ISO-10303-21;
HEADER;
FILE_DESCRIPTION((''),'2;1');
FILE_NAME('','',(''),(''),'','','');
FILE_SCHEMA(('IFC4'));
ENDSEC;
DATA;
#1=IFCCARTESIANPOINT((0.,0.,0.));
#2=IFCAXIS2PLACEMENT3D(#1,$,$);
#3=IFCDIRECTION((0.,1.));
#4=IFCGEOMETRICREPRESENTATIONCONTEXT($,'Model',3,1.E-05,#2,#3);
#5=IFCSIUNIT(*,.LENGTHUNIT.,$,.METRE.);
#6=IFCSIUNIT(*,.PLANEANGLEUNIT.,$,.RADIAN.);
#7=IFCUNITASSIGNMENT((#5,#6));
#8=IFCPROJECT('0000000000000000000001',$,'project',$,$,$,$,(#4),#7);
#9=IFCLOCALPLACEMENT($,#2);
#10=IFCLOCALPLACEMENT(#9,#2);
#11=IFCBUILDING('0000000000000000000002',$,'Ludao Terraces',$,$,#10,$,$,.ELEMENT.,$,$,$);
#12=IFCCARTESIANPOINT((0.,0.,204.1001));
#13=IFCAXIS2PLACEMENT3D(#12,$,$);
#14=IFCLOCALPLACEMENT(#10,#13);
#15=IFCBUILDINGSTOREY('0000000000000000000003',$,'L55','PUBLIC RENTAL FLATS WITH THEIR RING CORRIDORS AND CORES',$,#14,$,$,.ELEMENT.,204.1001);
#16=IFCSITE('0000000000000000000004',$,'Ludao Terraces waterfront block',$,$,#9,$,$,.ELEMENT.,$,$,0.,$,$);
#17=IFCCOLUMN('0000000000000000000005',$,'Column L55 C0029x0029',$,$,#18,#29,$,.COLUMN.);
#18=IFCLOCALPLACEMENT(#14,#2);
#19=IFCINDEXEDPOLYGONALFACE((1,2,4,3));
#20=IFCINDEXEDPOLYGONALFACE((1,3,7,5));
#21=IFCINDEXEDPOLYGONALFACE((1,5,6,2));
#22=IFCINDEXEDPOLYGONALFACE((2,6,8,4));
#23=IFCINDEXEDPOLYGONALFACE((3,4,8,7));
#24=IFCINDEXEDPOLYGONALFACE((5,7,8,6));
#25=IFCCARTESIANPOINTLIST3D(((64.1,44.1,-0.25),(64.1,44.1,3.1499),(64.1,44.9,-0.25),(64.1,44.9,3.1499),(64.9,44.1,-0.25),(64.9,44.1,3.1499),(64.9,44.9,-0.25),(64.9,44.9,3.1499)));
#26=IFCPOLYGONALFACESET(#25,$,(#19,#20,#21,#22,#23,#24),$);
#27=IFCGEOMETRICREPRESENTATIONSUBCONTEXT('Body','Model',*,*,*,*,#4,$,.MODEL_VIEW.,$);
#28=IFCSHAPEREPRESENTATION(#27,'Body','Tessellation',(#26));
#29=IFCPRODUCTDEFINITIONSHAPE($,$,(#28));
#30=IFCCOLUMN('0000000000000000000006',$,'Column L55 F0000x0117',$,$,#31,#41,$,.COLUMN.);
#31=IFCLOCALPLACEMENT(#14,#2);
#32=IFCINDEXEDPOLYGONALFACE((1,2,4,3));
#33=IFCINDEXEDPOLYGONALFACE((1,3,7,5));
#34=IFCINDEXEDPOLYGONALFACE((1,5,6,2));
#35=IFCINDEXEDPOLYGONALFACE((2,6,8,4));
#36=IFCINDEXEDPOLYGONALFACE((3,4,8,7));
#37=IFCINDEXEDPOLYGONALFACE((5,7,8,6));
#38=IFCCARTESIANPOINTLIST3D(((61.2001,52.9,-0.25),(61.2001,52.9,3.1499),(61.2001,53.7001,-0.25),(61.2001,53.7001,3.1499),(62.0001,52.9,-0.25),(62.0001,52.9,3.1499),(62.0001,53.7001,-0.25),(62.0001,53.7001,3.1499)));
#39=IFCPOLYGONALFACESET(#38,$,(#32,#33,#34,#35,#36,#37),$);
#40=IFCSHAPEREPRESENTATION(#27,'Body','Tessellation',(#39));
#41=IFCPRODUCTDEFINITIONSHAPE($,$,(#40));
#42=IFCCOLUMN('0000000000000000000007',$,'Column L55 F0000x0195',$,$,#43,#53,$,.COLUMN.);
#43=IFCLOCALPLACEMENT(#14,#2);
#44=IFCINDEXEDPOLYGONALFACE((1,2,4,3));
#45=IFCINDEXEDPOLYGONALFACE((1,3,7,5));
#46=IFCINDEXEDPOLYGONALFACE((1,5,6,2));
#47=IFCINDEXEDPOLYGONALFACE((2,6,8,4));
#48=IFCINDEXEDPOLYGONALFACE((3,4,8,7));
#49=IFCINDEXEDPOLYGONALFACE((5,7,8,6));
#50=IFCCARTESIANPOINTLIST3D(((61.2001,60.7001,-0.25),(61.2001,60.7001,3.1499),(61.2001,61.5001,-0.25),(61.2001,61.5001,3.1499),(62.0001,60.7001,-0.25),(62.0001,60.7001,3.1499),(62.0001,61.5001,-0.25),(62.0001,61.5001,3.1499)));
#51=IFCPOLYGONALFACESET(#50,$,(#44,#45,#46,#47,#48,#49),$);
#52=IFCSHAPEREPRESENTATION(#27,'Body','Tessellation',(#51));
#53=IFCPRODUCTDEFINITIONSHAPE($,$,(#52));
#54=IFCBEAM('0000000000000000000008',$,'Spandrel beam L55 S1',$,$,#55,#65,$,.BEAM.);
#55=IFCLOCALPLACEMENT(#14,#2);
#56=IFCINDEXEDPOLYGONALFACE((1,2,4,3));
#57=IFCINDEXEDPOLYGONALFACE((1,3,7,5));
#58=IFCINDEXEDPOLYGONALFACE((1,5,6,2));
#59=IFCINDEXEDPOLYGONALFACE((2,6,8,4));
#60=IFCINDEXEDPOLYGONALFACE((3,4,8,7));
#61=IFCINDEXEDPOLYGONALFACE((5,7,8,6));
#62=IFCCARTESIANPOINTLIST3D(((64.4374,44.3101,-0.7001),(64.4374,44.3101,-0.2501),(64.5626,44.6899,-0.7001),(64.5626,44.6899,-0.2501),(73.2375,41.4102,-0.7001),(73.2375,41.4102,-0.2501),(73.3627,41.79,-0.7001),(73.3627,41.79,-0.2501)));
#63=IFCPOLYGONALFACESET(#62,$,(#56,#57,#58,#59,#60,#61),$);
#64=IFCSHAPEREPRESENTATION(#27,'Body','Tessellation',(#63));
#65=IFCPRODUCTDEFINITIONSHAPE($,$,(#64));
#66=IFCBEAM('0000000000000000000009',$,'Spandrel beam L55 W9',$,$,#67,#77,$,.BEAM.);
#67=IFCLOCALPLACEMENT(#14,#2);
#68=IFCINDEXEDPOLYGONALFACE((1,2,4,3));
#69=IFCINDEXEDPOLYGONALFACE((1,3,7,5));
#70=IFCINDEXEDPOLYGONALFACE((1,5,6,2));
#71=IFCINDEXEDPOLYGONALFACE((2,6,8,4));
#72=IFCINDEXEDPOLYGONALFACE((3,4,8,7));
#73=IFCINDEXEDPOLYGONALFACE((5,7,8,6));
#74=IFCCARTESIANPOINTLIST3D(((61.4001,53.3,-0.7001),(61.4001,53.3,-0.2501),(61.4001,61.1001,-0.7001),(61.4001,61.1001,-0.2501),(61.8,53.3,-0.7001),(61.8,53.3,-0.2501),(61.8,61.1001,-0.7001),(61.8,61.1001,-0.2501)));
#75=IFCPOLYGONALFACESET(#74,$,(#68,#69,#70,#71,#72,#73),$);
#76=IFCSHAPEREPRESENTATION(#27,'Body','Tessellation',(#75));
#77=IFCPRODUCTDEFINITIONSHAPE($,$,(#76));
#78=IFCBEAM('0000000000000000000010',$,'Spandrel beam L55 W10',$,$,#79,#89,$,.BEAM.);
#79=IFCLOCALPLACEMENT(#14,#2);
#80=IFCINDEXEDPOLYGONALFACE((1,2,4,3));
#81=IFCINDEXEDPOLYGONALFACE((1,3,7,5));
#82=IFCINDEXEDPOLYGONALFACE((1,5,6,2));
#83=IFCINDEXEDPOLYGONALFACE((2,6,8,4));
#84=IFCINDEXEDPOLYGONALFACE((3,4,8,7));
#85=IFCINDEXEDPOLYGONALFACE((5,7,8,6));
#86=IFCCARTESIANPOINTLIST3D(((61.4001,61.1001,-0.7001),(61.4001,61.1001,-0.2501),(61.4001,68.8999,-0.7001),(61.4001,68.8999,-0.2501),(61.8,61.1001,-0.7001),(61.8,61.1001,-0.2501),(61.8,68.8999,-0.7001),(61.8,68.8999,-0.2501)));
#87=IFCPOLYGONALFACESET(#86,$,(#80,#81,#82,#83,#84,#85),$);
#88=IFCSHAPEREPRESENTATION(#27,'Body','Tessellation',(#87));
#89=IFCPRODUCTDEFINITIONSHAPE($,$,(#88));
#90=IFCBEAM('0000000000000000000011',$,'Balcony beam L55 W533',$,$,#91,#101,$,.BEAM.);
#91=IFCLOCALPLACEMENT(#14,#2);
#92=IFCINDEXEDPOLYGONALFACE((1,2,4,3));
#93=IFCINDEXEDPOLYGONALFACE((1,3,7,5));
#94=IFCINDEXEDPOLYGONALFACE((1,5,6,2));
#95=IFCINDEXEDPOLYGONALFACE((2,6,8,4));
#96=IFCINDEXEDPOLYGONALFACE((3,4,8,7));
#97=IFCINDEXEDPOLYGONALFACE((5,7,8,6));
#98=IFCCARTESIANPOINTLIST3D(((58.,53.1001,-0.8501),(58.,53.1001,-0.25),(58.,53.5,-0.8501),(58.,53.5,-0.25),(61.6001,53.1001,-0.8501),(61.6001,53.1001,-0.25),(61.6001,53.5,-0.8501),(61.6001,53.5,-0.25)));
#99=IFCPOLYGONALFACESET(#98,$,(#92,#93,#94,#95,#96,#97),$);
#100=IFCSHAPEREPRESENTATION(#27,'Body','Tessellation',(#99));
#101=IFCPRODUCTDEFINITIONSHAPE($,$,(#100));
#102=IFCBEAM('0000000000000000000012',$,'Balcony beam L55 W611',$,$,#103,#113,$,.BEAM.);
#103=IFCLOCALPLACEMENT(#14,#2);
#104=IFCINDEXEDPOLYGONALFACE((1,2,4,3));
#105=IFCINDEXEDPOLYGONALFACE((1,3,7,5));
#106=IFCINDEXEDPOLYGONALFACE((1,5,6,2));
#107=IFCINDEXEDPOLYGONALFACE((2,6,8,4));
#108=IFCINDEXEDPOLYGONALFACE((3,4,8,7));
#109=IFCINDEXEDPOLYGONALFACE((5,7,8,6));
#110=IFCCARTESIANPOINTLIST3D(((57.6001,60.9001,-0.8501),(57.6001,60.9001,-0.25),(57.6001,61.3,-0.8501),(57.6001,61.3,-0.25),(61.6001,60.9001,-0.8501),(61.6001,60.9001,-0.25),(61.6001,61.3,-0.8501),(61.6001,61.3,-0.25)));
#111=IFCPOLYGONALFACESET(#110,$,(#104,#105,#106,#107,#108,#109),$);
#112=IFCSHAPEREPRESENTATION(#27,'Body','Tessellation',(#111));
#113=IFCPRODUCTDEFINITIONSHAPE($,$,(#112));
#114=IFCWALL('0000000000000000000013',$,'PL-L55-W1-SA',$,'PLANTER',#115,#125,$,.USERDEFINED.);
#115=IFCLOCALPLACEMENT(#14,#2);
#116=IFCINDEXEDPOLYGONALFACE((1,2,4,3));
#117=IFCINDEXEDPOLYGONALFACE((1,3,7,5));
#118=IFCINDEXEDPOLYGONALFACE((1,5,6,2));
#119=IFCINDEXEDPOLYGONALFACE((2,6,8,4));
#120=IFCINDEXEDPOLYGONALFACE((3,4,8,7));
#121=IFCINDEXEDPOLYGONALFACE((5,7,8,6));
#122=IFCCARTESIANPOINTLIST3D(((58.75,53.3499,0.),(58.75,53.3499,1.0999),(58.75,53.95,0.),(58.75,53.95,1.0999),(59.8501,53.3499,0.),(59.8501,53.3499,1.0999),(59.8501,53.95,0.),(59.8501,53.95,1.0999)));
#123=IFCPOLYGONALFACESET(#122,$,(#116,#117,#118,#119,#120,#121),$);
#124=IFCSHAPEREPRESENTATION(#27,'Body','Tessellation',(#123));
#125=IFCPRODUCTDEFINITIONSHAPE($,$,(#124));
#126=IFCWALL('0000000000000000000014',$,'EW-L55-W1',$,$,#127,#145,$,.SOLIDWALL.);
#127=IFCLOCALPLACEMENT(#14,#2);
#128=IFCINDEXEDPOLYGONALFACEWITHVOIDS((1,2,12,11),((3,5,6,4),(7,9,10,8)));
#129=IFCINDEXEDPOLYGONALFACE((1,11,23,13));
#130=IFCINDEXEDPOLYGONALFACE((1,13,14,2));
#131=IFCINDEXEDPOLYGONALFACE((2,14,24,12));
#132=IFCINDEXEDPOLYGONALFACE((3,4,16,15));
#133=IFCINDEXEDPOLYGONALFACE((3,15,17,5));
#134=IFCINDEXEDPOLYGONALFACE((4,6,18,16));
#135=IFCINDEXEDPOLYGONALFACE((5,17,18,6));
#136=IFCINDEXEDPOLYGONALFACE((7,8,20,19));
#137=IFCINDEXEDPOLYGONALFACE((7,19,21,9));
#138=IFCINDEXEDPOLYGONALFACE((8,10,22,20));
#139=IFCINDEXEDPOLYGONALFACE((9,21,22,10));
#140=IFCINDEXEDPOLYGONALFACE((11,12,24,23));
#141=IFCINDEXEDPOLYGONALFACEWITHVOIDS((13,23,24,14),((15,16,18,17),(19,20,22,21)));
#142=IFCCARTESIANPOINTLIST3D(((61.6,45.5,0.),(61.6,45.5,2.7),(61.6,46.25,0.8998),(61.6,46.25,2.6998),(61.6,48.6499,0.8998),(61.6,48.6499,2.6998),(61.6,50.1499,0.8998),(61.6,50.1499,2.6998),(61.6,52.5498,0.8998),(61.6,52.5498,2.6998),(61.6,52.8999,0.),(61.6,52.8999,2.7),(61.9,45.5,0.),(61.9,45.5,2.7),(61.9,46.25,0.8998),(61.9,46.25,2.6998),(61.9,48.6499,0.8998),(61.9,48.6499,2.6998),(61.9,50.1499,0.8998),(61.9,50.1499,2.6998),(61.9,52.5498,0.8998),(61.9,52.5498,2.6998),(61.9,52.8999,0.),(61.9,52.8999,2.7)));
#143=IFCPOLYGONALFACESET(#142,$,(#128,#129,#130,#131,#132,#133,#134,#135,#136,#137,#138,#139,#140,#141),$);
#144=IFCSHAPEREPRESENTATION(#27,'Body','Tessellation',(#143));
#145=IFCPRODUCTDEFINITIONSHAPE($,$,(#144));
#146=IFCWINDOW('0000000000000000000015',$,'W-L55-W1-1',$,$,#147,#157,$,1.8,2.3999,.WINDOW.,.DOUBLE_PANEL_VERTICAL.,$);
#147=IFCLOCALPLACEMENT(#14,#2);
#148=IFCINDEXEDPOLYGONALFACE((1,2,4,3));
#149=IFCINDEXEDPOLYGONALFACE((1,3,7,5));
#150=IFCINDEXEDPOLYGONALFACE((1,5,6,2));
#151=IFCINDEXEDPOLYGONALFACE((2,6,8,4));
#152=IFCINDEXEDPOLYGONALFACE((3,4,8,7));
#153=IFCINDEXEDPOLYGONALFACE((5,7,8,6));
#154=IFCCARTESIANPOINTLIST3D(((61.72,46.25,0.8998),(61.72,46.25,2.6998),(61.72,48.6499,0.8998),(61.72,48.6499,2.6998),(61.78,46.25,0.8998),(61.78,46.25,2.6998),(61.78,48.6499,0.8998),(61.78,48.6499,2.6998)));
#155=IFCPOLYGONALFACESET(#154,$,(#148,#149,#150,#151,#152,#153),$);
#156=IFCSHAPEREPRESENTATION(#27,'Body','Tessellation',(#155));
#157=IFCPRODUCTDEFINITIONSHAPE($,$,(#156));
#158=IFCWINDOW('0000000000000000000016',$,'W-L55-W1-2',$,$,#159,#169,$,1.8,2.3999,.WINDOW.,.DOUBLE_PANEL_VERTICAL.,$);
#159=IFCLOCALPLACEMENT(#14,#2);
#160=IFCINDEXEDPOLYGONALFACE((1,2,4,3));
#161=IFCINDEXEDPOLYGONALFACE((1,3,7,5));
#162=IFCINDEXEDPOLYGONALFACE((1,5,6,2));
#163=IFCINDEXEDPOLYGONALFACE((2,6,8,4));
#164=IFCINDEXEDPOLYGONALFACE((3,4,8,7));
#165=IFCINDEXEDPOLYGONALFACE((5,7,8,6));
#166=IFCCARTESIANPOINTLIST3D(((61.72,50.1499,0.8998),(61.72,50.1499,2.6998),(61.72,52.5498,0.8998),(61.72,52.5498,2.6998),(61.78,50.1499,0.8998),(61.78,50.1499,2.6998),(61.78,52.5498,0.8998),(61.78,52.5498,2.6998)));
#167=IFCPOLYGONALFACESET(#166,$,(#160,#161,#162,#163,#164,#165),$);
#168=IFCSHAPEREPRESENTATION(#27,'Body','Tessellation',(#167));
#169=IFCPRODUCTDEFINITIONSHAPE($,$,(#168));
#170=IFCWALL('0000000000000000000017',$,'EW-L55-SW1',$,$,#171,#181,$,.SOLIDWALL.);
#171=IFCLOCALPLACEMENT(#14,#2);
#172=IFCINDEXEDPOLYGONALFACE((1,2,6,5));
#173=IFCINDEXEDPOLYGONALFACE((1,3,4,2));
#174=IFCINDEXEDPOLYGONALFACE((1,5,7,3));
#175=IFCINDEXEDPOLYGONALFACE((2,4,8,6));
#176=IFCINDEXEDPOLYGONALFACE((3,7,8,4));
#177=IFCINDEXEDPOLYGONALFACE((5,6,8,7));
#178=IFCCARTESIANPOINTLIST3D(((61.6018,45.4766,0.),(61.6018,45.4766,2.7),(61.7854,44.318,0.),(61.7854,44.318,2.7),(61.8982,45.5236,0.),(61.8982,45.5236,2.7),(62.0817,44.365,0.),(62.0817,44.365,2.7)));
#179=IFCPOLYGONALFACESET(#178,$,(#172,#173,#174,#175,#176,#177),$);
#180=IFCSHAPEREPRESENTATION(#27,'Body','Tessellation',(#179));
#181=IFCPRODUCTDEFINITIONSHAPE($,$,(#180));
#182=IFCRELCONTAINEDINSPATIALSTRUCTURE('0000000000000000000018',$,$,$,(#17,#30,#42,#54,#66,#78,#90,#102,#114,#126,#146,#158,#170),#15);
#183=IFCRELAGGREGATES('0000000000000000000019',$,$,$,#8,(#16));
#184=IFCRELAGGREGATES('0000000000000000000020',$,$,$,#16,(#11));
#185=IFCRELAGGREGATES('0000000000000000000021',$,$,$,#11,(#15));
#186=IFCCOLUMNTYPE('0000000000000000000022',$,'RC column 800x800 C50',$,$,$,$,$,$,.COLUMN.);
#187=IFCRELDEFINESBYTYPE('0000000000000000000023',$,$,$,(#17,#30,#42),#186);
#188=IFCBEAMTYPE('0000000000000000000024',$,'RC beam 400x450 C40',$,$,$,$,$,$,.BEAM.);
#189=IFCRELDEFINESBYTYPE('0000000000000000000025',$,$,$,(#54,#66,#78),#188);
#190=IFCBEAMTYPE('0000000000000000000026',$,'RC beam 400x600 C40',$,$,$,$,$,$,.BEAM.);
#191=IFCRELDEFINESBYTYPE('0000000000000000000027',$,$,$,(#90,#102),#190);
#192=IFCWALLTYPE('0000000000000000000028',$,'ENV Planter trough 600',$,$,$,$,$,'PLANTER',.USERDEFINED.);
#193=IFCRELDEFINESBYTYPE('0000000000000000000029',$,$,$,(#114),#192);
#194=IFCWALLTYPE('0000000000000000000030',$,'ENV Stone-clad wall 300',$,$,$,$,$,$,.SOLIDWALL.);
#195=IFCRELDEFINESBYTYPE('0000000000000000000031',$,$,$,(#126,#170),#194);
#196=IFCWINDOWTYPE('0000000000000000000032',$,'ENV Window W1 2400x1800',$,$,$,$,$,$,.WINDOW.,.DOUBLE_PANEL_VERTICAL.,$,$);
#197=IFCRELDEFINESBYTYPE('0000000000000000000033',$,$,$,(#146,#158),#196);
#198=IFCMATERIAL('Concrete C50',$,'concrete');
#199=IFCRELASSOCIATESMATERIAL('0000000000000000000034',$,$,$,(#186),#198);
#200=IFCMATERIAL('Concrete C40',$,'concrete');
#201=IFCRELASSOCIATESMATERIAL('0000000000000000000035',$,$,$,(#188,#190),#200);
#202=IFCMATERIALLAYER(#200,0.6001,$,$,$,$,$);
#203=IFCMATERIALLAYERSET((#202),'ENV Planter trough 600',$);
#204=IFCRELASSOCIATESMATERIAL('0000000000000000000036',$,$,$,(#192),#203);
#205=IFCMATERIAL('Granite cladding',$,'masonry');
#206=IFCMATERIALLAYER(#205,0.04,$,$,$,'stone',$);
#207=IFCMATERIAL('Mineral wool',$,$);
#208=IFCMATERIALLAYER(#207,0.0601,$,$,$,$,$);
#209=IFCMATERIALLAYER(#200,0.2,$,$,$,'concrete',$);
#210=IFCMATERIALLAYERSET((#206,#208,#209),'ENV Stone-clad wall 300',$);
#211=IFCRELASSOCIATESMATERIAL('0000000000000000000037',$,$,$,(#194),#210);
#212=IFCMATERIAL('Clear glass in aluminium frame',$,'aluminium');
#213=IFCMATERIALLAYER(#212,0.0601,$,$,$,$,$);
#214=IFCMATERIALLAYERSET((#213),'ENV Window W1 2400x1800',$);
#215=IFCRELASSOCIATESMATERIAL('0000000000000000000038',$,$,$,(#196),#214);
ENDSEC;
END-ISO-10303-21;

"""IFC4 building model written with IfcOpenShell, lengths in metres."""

from ifc_helpers import new_model, si_unit, direction, frame, frame_2d, origin, origin_2d, place, context, subcontext, project, spatial, rectangle, extrude, material, layer, layer_set, material_profile, profile_set, type_object, element, fill, save


model = new_model("IFC4")

# Units and contexts
model_context = context("Model", 3, precision=1e-05, world=origin(), true_north=direction((0.0, 1.0)))
body_context = subcontext(model_context, "Body", "Model", "MODEL_VIEW")
ifc_project = project(units=[si_unit("LENGTHUNIT", "METRE"), si_unit("PLANEANGLEUNIT", "RADIAN")], contexts=[model_context])

# Site, building, storey
site_placement = place(None, origin())
site = spatial("IfcSite", under=ifc_project, at=site_placement, Name="Ludao Terraces waterfront block", CompositionType="ELEMENT", RefElevation=0.0)
building_placement = place(site_placement, origin())
building = spatial("IfcBuilding", under=site, at=building_placement, Name="Ludao Terraces", CompositionType="ELEMENT")
storey_placement = place(building_placement, frame((0.0, 0.0, 204.1001)))
storey = spatial("IfcBuildingStorey", under=building, at=storey_placement, Name="L55", Description="PUBLIC RENTAL FLATS WITH THEIR RING CORRIDORS AND CORES", CompositionType="ELEMENT", Elevation=204.1001)

# Columns
ifc_material_1 = material(Name="Concrete C50", Category="concrete")
ifc_material_profile_1 = material_profile(ifc_material_1, rectangle(XDim=0.8, YDim=0.8, at=origin_2d()), Name="800 X 800")
ifc_profile_set_1 = profile_set([ifc_material_profile_1], Name="Concrete C50")
column_type = type_object("IfcColumnType", Name="RC column 800x800 C50", PredefinedType="COLUMN", material=ifc_profile_set_1)
for number, where, z_axis, x_axis, name in (
    (1, (64.5, 44.5, -0.25), (0.0, 0.0, 1.0), (1.0, 0.0, 0.0), "Column L55 C0029x0029"),
    (2, (61.6001, 53.3, -0.25), (0.0, 0.0, 1.0), (1.0, 0.0, 0.0), "Column L55 F0000x0117"),
    (3, (61.6001, 61.1001, -0.25), (0.0, 0.0, 1.0), (1.0, 0.0, 0.0), "Column L55 F0000x0195"),
):
    element("IfcColumn", number, at=place(storey_placement, frame(where, z_axis=z_axis, x_axis=x_axis)), inside=storey, type_object=column_type, Name=name, PredefinedType="COLUMN", context=body_context, shape_type="SweptSolid", body=[
        extrude(rectangle(XDim=0.8, YDim=0.8, at=origin_2d()), origin(), (0.0, 0.0, 1.0), 3.3999),
    ])

# Beams
ifc_material_2 = material(Name="Concrete C40", Category="concrete")
ifc_material_profile_2 = material_profile(ifc_material_2, rectangle(XDim=0.3999, YDim=0.45, at=origin_2d()), Name="400 X 450")
ifc_profile_set_2 = profile_set([ifc_material_profile_2], Name="Concrete C40")
beam_type_1 = type_object("IfcBeamType", Name="RC beam 400x450 C40", PredefinedType="BEAM", material=ifc_profile_set_2)
beam_1_placement = place(storey_placement, frame((64.5, 44.5, -0.4751), z_axis=(0.949761, -0.312977, 0.0), x_axis=(0.312977, 0.949761, 0.0)))
element("IfcBeam", 4, at=beam_1_placement, inside=storey, type_object=beam_type_1, Name="Spandrel beam L55 S1", PredefinedType="BEAM", context=body_context, shape_type="SweptSolid", body=[
    extrude(rectangle(XDim=0.3999, YDim=0.45, at=origin_2d()), origin(), (0.0, 0.0, 1.0), 9.2656),
])
beam_2_placement = place(storey_placement, frame((61.6001, 53.3, -0.4751), z_axis=(0.0, 1.0, 0.0), x_axis=(-1.0, 0.0, 0.0)))
element("IfcBeam", 5, at=beam_2_placement, inside=storey, type_object=beam_type_1, Name="Spandrel beam L55 W9", PredefinedType="BEAM", context=body_context, shape_type="SweptSolid", body=[
    extrude(rectangle(XDim=0.3999, YDim=0.45, at=origin_2d()), origin(), (0.0, 0.0, 1.0), 7.8),
])
beam_3_placement = place(storey_placement, frame((61.6001, 61.1001, -0.4751), z_axis=(0.0, 1.0, 0.0), x_axis=(-1.0, 0.0, 0.0)))
element("IfcBeam", 6, at=beam_3_placement, inside=storey, type_object=beam_type_1, Name="Spandrel beam L55 W10", PredefinedType="BEAM", context=body_context, shape_type="SweptSolid", body=[
    extrude(rectangle(XDim=0.3999, YDim=0.45, at=origin_2d()), origin(), (0.0, 0.0, 1.0), 7.7998),
])
ifc_material_profile_3 = material_profile(ifc_material_2, rectangle(XDim=0.3999, YDim=0.6001, at=origin_2d()), Name="400 X 600")
ifc_profile_set_3 = profile_set([ifc_material_profile_3], Name="Concrete C40")
beam_type_2 = type_object("IfcBeamType", Name="RC beam 400x600 C40", PredefinedType="BEAM", material=ifc_profile_set_3)
beam_4_placement = place(storey_placement, frame((61.6001, 53.3, -0.55), z_axis=(-1.0, 0.0, 0.0), x_axis=(0.0, -1.0, 0.0)))
element("IfcBeam", 7, at=beam_4_placement, inside=storey, type_object=beam_type_2, Name="Balcony beam L55 W533", PredefinedType="BEAM", context=body_context, shape_type="SweptSolid", body=[
    extrude(rectangle(XDim=0.3999, YDim=0.6001, at=origin_2d()), origin(), (0.0, 0.0, 1.0), 3.6001),
])
beam_5_placement = place(storey_placement, frame((61.6001, 61.1001, -0.55), z_axis=(-1.0, 0.0, 0.0), x_axis=(0.0, -1.0, 0.0)))
element("IfcBeam", 8, at=beam_5_placement, inside=storey, type_object=beam_type_2, Name="Balcony beam L55 W611", PredefinedType="BEAM", context=body_context, shape_type="SweptSolid", body=[
    extrude(rectangle(XDim=0.3999, YDim=0.6001, at=origin_2d()), origin(), (0.0, 0.0, 1.0), 4.0),
])

# Wall
ifc_layer_1 = layer(ifc_material_2, 0.6001)
ifc_layer_set_1 = layer_set([ifc_layer_1], Name="ENV Planter trough 600")
wall_type_1 = type_object("IfcWallType", Name="ENV Planter trough 600", ElementType="PLANTER", PredefinedType="USERDEFINED", material=ifc_layer_set_1)
wall_1_placement = place(storey_placement, frame((58.75, 53.6499, 0.0), z_axis=(0.0, 0.0, 1.0), x_axis=(1.0, 0.0, 0.0)))
element("IfcWall", 9, at=wall_1_placement, inside=storey, type_object=wall_type_1, Name="PL-L55-W1-SA", ObjectType="PLANTER", PredefinedType="USERDEFINED", context=body_context, shape_type="SweptSolid", body=[
    extrude(rectangle(XDim=1.1001, YDim=0.6001, at=frame_2d((0.55, 0.0))), origin(), (0.0, 0.0, 1.0), 1.0999),
])

# Wall, openings, windows
ifc_material_3 = material(Name="Granite cladding", Category="masonry")
ifc_layer_2 = layer(ifc_material_3, 0.04, Category="stone")
ifc_material_4 = material(Name="Mineral wool")
ifc_layer_3 = layer(ifc_material_4, 0.0601)
ifc_layer_4 = layer(ifc_material_2, 0.2, Category="concrete")
ifc_layer_set_2 = layer_set([ifc_layer_2, ifc_layer_3, ifc_layer_4], Name="ENV Stone-clad wall 300")
wall_type_2 = type_object("IfcWallType", Name="ENV Stone-clad wall 300", PredefinedType="SOLIDWALL", material=ifc_layer_set_2)
wall_2_placement = place(storey_placement, frame((61.75, 45.5, 0.0), z_axis=(0.0, 0.0, 1.0), x_axis=(0.0, 1.0, 0.0)))
wall_2 = element("IfcWall", 10, at=wall_2_placement, inside=storey, type_object=wall_type_2, Name="EW-L55-W1", PredefinedType="SOLIDWALL", context=body_context, shape_type="SweptSolid", body=[
    extrude(rectangle(XDim=7.3999, YDim=0.3, at=frame_2d((3.7, 0.0))), origin(), (0.0, 0.0, 1.0), 2.7),
])
opening_1_placement = place(wall_2_placement, frame((0.75, 0.0, 0.8999)))
opening_1 = element("IfcOpeningElement", 11, at=opening_1_placement, cuts=wall_2, PredefinedType="OPENING", context=body_context, shape_type="SweptSolid", body=[
    extrude(rectangle(XDim=2.3999, YDim=1.8, at=frame_2d((1.2, 0.8999))), frame((0.0, 0.1602, 0.0), z_axis=(0.0, -1.0, 0.0), x_axis=(1.0, 0.0, 0.0)), (0.0, 0.0, 1.0), 0.3201),
])
opening_2_placement = place(wall_2_placement, frame((4.6499, 0.0, 0.8999)))
opening_2 = element("IfcOpeningElement", 12, at=opening_2_placement, cuts=wall_2, PredefinedType="OPENING", context=body_context, shape_type="SweptSolid", body=[
    extrude(rectangle(XDim=2.3999, YDim=1.8, at=frame_2d((1.2, 0.8999))), frame((0.0, 0.1602, 0.0), z_axis=(0.0, -1.0, 0.0), x_axis=(1.0, 0.0, 0.0)), (0.0, 0.0, 1.0), 0.3201),
])
ifc_material_5 = material(Name="Clear glass in aluminium frame", Category="aluminium")
ifc_layer_5 = layer(ifc_material_5, 0.0601)
ifc_layer_set_3 = layer_set([ifc_layer_5], Name="ENV Window W1 2400x1800")
window_type_1 = type_object("IfcWindowType", Name="ENV Window W1 2400x1800", PartitioningType="DOUBLE_PANEL_VERTICAL", PredefinedType="WINDOW", material=ifc_layer_set_3)
window_1_placement = place(opening_1_placement, origin())
window_1 = element("IfcWindow", 13, at=window_1_placement, inside=storey, type_object=window_type_1, Name="W-L55-W1-1", OverallHeight=1.8, OverallWidth=2.3999, PartitioningType="DOUBLE_PANEL_VERTICAL", PredefinedType="WINDOW", context=body_context, shape_type="SweptSolid", body=[
    extrude(rectangle(XDim=2.3999, YDim=1.8, at=frame_2d((1.2, 0.8999))), frame((0.0, 0.03, 0.0), z_axis=(0.0, -1.0, 0.0), x_axis=(1.0, 0.0, 0.0)), (0.0, 0.0, 1.0), 0.0601),
])
fill(opening_1, window_1)
window_2_placement = place(opening_2_placement, origin())
window_2 = element("IfcWindow", 14, at=window_2_placement, inside=storey, type_object=window_type_1, Name="W-L55-W1-2", OverallHeight=1.8, OverallWidth=2.3999, PartitioningType="DOUBLE_PANEL_VERTICAL", PredefinedType="WINDOW", context=body_context, shape_type="SweptSolid", body=[
    extrude(rectangle(XDim=2.3999, YDim=1.8, at=frame_2d((1.2, 0.8999))), frame((0.0, 0.03, 0.0), z_axis=(0.0, -1.0, 0.0), x_axis=(1.0, 0.0, 0.0)), (0.0, 0.0, 1.0), 0.0601),
])
fill(opening_2, window_2)

# Wall
wall_3_placement = place(storey_placement, frame((61.75, 45.5, 0.0), z_axis=(0.0, 0.0, 1.0), x_axis=(0.156497, -0.987678, 0.0)))
element("IfcWall", 15, at=wall_3_placement, inside=storey, type_object=wall_type_2, Name="EW-L55-SW1", PredefinedType="SOLIDWALL", context=body_context, shape_type="SweptSolid", body=[
    extrude(rectangle(XDim=1.1731, YDim=0.3, at=frame_2d((0.5864, 0.0))), origin(), (0.0, 0.0, 1.0), 2.7),
])

save(model, "model.ifc")
